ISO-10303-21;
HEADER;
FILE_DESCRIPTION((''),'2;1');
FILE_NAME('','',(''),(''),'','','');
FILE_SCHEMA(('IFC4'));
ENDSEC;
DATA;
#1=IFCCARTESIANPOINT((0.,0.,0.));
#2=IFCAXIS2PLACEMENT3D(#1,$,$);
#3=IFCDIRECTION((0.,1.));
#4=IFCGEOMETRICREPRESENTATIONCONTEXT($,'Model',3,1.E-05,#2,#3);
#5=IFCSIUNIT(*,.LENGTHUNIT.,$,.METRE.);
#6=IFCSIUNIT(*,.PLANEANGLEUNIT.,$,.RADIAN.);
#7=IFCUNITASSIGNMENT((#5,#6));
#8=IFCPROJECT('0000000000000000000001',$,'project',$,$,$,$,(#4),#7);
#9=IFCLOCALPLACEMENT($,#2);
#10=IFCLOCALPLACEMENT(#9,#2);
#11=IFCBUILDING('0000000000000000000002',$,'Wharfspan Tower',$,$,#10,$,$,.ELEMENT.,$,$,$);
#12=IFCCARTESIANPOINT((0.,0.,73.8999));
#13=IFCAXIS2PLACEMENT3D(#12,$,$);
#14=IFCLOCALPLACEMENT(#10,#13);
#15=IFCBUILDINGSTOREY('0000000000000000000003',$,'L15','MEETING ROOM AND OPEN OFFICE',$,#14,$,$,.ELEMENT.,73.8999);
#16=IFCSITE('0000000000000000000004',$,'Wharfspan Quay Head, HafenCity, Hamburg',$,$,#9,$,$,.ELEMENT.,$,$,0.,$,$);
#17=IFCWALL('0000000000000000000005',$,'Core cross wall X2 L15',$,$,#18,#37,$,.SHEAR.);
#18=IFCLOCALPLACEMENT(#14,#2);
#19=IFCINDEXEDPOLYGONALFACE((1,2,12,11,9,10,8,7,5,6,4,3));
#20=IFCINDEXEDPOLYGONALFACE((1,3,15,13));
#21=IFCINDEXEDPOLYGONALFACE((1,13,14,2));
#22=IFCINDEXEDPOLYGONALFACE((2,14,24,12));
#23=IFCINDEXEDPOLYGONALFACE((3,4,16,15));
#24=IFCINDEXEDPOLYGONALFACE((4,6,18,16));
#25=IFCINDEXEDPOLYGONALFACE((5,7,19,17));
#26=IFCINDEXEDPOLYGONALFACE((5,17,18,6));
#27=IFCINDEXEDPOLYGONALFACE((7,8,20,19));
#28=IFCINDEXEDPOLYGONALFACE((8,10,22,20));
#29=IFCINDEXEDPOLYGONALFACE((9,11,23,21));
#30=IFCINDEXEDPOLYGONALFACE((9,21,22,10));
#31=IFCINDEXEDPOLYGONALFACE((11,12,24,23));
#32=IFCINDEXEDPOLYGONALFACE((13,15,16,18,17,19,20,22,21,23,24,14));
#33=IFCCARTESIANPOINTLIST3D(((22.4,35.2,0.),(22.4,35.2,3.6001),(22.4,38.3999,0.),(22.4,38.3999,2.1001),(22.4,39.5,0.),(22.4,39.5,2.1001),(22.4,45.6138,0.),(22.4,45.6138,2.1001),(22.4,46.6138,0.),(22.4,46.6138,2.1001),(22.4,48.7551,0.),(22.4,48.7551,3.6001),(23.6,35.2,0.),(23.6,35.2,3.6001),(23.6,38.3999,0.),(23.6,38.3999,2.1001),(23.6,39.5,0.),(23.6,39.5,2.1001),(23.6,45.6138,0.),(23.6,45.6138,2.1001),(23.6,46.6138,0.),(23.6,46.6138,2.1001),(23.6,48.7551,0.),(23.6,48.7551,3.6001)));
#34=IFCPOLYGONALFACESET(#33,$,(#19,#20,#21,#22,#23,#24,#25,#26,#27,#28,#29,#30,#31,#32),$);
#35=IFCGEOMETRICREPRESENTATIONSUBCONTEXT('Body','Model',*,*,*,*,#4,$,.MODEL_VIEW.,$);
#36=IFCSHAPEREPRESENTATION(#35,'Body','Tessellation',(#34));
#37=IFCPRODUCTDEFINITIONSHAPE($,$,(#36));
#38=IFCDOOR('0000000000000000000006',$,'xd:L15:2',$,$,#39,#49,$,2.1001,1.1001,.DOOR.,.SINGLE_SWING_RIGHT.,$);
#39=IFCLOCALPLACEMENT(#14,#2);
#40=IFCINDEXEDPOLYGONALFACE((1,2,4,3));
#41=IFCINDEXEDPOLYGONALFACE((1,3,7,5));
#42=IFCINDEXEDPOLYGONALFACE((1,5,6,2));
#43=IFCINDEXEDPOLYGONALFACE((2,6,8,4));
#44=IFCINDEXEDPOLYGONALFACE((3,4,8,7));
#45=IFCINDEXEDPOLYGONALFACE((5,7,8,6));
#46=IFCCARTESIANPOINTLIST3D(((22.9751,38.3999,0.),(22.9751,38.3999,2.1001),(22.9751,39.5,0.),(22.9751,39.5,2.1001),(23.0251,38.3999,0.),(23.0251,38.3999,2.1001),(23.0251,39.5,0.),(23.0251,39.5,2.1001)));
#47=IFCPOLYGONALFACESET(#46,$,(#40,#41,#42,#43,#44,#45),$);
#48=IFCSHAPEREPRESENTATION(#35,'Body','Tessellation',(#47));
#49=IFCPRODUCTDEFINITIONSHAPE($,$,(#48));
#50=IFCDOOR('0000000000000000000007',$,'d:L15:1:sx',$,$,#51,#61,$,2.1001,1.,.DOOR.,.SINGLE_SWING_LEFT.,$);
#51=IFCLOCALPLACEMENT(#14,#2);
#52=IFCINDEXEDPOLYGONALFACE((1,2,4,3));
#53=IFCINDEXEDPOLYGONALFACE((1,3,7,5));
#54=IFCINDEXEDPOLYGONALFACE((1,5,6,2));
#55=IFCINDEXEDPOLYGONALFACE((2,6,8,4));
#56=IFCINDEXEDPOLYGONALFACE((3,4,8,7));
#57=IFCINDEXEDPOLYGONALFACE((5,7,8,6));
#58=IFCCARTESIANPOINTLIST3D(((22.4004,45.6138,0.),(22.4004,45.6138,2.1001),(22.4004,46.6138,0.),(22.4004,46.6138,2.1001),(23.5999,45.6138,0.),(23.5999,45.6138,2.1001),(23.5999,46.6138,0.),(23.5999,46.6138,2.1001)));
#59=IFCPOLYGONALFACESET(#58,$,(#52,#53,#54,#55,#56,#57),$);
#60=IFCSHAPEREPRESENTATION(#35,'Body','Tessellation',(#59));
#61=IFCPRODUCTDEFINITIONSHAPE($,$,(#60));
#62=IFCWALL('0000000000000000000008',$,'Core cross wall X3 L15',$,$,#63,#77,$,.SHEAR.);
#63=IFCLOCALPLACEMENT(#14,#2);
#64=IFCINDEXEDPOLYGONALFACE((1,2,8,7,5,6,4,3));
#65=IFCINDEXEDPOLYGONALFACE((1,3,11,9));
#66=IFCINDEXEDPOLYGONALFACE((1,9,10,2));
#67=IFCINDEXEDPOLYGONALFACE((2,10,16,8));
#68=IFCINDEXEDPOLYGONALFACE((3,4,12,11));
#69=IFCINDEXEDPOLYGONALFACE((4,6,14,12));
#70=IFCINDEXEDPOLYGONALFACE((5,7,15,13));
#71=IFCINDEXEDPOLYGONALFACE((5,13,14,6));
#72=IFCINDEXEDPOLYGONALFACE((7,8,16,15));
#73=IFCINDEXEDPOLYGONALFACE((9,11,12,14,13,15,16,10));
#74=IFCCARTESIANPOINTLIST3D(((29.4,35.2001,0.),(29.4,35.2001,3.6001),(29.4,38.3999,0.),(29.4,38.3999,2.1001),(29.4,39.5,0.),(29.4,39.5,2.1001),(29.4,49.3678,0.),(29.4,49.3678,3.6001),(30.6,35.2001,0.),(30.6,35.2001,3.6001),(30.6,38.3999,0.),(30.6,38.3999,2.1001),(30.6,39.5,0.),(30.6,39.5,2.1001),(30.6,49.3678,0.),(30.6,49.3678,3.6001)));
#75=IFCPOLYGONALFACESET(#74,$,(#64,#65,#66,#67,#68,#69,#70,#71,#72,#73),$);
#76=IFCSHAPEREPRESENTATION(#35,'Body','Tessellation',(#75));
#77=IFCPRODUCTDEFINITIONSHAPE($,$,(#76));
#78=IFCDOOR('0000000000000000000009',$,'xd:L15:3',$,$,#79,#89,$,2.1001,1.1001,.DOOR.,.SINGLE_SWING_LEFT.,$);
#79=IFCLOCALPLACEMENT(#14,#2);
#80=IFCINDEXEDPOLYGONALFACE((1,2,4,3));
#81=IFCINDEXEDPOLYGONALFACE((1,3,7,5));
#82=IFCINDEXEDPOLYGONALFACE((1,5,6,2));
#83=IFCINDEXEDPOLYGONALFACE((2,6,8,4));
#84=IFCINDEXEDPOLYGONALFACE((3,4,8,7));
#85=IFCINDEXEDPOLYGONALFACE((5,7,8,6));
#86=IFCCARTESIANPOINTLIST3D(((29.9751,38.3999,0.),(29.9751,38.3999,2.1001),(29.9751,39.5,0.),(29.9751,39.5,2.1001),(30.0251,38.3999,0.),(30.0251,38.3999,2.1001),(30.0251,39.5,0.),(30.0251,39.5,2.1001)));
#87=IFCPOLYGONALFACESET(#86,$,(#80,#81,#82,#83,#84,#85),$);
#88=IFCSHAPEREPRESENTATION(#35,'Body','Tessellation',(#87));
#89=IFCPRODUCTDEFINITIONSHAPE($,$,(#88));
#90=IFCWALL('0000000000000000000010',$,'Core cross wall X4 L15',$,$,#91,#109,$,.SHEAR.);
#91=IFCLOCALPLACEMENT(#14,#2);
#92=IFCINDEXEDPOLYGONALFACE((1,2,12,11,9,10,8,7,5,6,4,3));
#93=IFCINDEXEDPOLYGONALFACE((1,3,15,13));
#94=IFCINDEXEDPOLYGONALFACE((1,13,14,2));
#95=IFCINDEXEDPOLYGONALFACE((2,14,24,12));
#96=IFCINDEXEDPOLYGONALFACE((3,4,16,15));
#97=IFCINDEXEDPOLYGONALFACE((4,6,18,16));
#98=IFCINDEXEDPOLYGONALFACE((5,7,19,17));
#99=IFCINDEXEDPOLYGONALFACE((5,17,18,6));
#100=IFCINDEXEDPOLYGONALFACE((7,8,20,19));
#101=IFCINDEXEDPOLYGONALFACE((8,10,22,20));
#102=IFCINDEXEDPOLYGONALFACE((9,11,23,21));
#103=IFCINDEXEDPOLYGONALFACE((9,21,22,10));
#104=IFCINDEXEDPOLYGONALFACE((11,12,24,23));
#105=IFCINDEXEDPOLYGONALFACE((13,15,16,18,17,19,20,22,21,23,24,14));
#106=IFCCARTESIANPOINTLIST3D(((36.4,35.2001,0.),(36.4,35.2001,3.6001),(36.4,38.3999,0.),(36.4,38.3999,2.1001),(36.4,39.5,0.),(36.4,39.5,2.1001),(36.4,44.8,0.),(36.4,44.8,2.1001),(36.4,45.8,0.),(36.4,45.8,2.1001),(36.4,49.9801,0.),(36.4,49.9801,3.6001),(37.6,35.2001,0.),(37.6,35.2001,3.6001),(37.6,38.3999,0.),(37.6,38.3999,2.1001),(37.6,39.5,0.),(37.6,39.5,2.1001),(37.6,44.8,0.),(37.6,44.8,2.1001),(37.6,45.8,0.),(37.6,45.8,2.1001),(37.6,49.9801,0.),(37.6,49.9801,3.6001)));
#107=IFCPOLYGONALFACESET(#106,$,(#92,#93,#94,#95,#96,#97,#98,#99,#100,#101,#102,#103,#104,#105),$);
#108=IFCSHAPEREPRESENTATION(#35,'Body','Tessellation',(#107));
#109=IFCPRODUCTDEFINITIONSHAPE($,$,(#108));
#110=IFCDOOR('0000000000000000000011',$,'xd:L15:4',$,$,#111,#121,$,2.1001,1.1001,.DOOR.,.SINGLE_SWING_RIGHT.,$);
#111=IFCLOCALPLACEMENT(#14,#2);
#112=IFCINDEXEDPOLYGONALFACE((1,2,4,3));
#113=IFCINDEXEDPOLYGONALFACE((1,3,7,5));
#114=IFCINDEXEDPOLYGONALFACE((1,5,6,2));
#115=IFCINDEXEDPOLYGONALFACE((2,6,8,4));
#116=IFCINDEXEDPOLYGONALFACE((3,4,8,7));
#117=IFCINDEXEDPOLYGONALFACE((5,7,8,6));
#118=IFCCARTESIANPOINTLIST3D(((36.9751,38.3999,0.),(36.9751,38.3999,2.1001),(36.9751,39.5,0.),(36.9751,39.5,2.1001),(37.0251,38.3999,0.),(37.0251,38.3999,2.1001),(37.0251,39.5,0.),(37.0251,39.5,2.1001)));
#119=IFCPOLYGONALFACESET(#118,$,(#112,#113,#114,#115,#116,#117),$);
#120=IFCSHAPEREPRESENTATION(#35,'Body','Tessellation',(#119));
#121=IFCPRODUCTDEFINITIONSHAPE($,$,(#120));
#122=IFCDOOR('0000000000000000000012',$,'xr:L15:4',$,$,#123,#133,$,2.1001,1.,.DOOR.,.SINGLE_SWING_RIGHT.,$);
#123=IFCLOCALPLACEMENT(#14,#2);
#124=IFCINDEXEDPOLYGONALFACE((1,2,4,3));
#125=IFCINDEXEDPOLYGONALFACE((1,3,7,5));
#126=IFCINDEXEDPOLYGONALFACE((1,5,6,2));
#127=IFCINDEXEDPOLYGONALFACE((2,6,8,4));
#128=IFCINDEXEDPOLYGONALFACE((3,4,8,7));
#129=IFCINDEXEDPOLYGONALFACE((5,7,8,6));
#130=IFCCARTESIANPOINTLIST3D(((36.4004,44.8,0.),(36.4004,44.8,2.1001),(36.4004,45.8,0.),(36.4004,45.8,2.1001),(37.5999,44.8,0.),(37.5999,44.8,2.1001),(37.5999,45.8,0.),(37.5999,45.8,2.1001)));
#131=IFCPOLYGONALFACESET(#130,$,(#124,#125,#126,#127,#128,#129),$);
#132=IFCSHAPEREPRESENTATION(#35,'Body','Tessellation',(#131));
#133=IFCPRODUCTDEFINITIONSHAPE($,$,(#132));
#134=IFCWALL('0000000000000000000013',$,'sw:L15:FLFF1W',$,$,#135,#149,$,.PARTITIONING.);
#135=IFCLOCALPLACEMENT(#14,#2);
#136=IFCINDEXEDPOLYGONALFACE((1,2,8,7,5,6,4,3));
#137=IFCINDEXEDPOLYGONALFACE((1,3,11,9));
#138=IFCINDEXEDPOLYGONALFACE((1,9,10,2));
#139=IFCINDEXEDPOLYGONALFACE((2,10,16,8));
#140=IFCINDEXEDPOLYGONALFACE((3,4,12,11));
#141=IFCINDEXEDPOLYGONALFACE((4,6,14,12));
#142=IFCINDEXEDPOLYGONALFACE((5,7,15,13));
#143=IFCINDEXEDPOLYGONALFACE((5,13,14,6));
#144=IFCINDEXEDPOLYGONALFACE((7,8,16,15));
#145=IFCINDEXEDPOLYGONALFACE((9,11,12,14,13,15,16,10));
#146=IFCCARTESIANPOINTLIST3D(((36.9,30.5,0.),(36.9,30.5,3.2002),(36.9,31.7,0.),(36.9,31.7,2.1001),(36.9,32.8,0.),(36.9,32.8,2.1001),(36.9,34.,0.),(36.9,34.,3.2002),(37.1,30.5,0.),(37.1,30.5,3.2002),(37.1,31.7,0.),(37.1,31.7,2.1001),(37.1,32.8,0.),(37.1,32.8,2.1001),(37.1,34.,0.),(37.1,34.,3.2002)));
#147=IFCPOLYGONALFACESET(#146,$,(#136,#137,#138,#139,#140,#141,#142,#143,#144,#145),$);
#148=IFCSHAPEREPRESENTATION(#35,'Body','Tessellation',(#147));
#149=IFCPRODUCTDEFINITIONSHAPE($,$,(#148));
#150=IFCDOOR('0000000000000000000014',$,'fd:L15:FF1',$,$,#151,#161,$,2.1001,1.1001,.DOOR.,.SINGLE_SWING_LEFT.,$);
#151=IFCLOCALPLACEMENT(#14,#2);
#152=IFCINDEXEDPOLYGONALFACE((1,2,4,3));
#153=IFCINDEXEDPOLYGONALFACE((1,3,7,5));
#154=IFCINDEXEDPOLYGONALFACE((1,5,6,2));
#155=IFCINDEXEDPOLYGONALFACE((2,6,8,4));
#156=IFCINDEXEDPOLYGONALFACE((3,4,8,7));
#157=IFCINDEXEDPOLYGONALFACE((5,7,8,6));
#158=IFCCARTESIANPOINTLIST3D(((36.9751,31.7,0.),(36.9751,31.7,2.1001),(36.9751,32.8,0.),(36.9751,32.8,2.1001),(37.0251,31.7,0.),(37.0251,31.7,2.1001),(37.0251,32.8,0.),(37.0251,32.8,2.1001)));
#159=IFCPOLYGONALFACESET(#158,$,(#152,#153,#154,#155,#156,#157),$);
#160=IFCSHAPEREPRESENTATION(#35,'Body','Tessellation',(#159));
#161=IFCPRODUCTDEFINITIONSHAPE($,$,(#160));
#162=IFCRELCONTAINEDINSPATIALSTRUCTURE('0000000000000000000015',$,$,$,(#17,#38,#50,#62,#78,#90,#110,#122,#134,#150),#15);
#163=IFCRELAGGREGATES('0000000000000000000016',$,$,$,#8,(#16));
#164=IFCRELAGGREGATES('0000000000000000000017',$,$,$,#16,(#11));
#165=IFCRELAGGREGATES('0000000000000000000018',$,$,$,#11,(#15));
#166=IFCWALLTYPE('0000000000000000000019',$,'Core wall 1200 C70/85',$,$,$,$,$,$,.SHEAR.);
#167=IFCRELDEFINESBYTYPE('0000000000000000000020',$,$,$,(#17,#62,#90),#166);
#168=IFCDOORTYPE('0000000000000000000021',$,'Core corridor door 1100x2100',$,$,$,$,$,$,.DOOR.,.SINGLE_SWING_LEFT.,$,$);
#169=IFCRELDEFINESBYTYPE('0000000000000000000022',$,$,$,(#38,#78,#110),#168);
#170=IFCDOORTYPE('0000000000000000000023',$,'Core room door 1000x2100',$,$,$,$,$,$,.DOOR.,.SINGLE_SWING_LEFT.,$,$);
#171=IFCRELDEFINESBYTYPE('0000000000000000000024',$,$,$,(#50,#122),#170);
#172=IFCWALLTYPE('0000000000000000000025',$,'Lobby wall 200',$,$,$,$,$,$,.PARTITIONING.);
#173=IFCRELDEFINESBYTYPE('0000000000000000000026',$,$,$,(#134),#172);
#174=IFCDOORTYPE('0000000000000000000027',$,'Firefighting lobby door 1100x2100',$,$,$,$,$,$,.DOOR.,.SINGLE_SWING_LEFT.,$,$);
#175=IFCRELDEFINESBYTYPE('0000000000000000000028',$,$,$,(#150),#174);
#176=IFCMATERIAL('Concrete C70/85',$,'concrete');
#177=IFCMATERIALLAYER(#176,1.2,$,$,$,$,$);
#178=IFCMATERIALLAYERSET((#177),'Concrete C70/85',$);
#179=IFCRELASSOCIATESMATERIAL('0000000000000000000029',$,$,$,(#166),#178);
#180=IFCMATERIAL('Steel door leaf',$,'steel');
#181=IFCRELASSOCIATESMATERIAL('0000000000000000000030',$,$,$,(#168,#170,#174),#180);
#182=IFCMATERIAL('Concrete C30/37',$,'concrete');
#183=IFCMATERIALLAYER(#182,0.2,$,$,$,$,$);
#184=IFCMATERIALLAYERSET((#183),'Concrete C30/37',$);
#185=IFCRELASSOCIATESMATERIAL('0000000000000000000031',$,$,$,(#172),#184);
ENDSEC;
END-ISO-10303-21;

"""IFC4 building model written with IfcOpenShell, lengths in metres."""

from ifc_helpers import new_model, si_unit, direction, frame, frame_2d, origin, place, context, subcontext, project, spatial, rectangle, extrude, material, layer, layer_set, type_object, element, fill, save


model = new_model("IFC4")

# Units and contexts
model_context = context("Model", 3, precision=1e-05, world=origin(), true_north=direction((0.0, 1.0)))
body_context = subcontext(model_context, "Body", "Model", "MODEL_VIEW")
ifc_project = project(units=[si_unit("LENGTHUNIT", "METRE"), si_unit("PLANEANGLEUNIT", "RADIAN")], contexts=[model_context])

# Site, building, storey
site_placement = place(None, origin())
site = spatial("IfcSite", under=ifc_project, at=site_placement, Name="Wharfspan Quay Head, HafenCity, Hamburg", CompositionType="ELEMENT", RefElevation=0.0)
building_placement = place(site_placement, origin())
building = spatial("IfcBuilding", under=site, at=building_placement, Name="Wharfspan Tower", CompositionType="ELEMENT")
storey_placement = place(building_placement, frame((0.0, 0.0, 73.8999)))
storey = spatial("IfcBuildingStorey", under=building, at=storey_placement, Name="L15", Description="MEETING ROOM AND OPEN OFFICE", CompositionType="ELEMENT", Elevation=73.8999)

# Wall, openings, doors
ifc_material_1 = material(Name="Concrete C70/85", Category="concrete")
ifc_layer_1 = layer(ifc_material_1, 1.2)
ifc_layer_set_1 = layer_set([ifc_layer_1], Name="Concrete C70/85")
wall_type_1 = type_object("IfcWallType", Name="Core wall 1200 C70/85", PredefinedType="SHEAR", material=ifc_layer_set_1)
wall_1_placement = place(storey_placement, frame((23.0, 35.2, 0.0), z_axis=(0.0, 0.0, 1.0), x_axis=(0.0, 1.0, 0.0)))
wall_1 = element("IfcWall", 1, at=wall_1_placement, inside=storey, type_object=wall_type_1, Name="Core cross wall X2 L15", PredefinedType="SHEAR", context=body_context, shape_type="SweptSolid", body=[
    extrude(rectangle(XDim=13.5552, YDim=1.2, at=frame_2d((6.7776, 0.0))), origin(), (0.0, 0.0, 1.0), 3.6001),
])
opening_1_placement = place(wall_1_placement, frame((10.4138, 0.0, 0.0)))
opening_1 = element("IfcOpeningElement", 2, at=opening_1_placement, cuts=wall_1, PredefinedType="OPENING", context=body_context, shape_type="SweptSolid", body=[
    extrude(rectangle(XDim=1.0, YDim=2.1001, at=frame_2d((0.5, 1.05))), frame((0.0, 0.6099, 0.0), z_axis=(0.0, -1.0, 0.0), x_axis=(1.0, 0.0, 0.0)), (0.0, 0.0, 1.0), 1.22),
])
opening_2_placement = place(wall_1_placement, frame((3.2, 0.0, 0.0)))
opening_2 = element("IfcOpeningElement", 3, at=opening_2_placement, cuts=wall_1, PredefinedType="OPENING", context=body_context, shape_type="SweptSolid", body=[
    extrude(rectangle(XDim=1.1001, YDim=2.1001, at=frame_2d((0.55, 1.05))), frame((0.0, 0.6099, 0.0), z_axis=(0.0, -1.0, 0.0), x_axis=(1.0, 0.0, 0.0)), (0.0, 0.0, 1.0), 1.22),
])
ifc_material_2 = material(Name="Steel door leaf", Category="steel")
door_type_1 = type_object("IfcDoorType", Name="Core corridor door 1100x2100", OperationType="SINGLE_SWING_LEFT", PredefinedType="DOOR", material=ifc_material_2)
door_1_placement = place(opening_2_placement, origin())
door_1 = element("IfcDoor", 4, at=door_1_placement, inside=storey, type_object=door_type_1, Name="xd:L15:2", OperationType="SINGLE_SWING_RIGHT", OverallHeight=2.1001, OverallWidth=1.1001, PredefinedType="DOOR", context=body_context, shape_type="SweptSolid", body=[
    extrude(rectangle(XDim=1.1001, YDim=2.1001, at=frame_2d((0.55, 1.05))), frame((0.0, 0.0249, 0.0), z_axis=(0.0, -1.0, 0.0), x_axis=(1.0, 0.0, 0.0)), (0.0, 0.0, 1.0), 0.05),
])
fill(opening_2, door_1)
door_type_2 = type_object("IfcDoorType", Name="Core room door 1000x2100", OperationType="SINGLE_SWING_LEFT", PredefinedType="DOOR", material=ifc_material_2)
door_2_placement = place(opening_1_placement, origin())
door_2 = element("IfcDoor", 5, at=door_2_placement, inside=storey, type_object=door_type_2, Name="d:L15:1:sx", OperationType="SINGLE_SWING_LEFT", OverallHeight=2.1001, OverallWidth=1.0, PredefinedType="DOOR", context=body_context, shape_type="SweptSolid", body=[
    extrude(rectangle(XDim=1.0, YDim=2.1001, at=frame_2d((0.5, 1.05))), frame((0.0, 0.5996, 0.0), z_axis=(0.0, -1.0, 0.0), x_axis=(1.0, 0.0, 0.0)), (0.0, 0.0, 1.0), 1.1995),
])
fill(opening_1, door_2)

# Wall, opening, door
wall_2_placement = place(storey_placement, frame((30.0, 35.2, 0.0), z_axis=(0.0, 0.0, 1.0), x_axis=(0.0, 1.0, 0.0)))
wall_2 = element("IfcWall", 6, at=wall_2_placement, inside=storey, type_object=wall_type_1, Name="Core cross wall X3 L15", PredefinedType="SHEAR", context=body_context, shape_type="SweptSolid", body=[
    extrude(rectangle(XDim=14.1677, YDim=1.2, at=frame_2d((7.084, 0.0))), origin(), (0.0, 0.0, 1.0), 3.6001),
])
opening_3_placement = place(wall_2_placement, frame((3.2, 0.0, 0.0)))
opening_3 = element("IfcOpeningElement", 7, at=opening_3_placement, cuts=wall_2, PredefinedType="OPENING", context=body_context, shape_type="SweptSolid", body=[
    extrude(rectangle(XDim=1.1001, YDim=2.1001, at=frame_2d((0.55, 1.05))), frame((0.0, 0.6099, 0.0), z_axis=(0.0, -1.0, 0.0), x_axis=(1.0, 0.0, 0.0)), (0.0, 0.0, 1.0), 1.22),
])
door_3_placement = place(opening_3_placement, origin())
door_3 = element("IfcDoor", 8, at=door_3_placement, inside=storey, type_object=door_type_1, Name="xd:L15:3", OperationType="SINGLE_SWING_LEFT", OverallHeight=2.1001, OverallWidth=1.1001, PredefinedType="DOOR", context=body_context, shape_type="SweptSolid", body=[
    extrude(rectangle(XDim=1.1001, YDim=2.1001, at=frame_2d((0.55, 1.05))), frame((0.0, 0.0249, 0.0), z_axis=(0.0, -1.0, 0.0), x_axis=(1.0, 0.0, 0.0)), (0.0, 0.0, 1.0), 0.05),
])
fill(opening_3, door_3)

# Wall, openings, doors
wall_3_placement = place(storey_placement, frame((37.0, 35.2, 0.0), z_axis=(0.0, 0.0, 1.0), x_axis=(0.0, 1.0, 0.0)))
wall_3 = element("IfcWall", 9, at=wall_3_placement, inside=storey, type_object=wall_type_1, Name="Core cross wall X4 L15", PredefinedType="SHEAR", context=body_context, shape_type="SweptSolid", body=[
    extrude(rectangle(XDim=14.78, YDim=1.2, at=frame_2d((7.3901, 0.0))), origin(), (0.0, 0.0, 1.0), 3.6001),
])
opening_4_placement = place(wall_3_placement, frame((3.2, 0.0, 0.0)))
opening_4 = element("IfcOpeningElement", 10, at=opening_4_placement, cuts=wall_3, PredefinedType="OPENING", context=body_context, shape_type="SweptSolid", body=[
    extrude(rectangle(XDim=1.1001, YDim=2.1001, at=frame_2d((0.55, 1.05))), frame((0.0, 0.6099, 0.0), z_axis=(0.0, -1.0, 0.0), x_axis=(1.0, 0.0, 0.0)), (0.0, 0.0, 1.0), 1.22),
])
opening_5_placement = place(wall_3_placement, frame((9.6001, 0.0, 0.0)))
opening_5 = element("IfcOpeningElement", 11, at=opening_5_placement, cuts=wall_3, PredefinedType="OPENING", context=body_context, shape_type="SweptSolid", body=[
    extrude(rectangle(XDim=1.0, YDim=2.1001, at=frame_2d((0.5, 1.05))), frame((0.0, 0.6099, 0.0), z_axis=(0.0, -1.0, 0.0), x_axis=(1.0, 0.0, 0.0)), (0.0, 0.0, 1.0), 1.22),
])
door_4_placement = place(opening_4_placement, origin())
door_4 = element("IfcDoor", 12, at=door_4_placement, inside=storey, type_object=door_type_1, Name="xd:L15:4", OperationType="SINGLE_SWING_RIGHT", OverallHeight=2.1001, OverallWidth=1.1001, PredefinedType="DOOR", context=body_context, shape_type="SweptSolid", body=[
    extrude(rectangle(XDim=1.1001, YDim=2.1001, at=frame_2d((0.55, 1.05))), frame((0.0, 0.0249, 0.0), z_axis=(0.0, -1.0, 0.0), x_axis=(1.0, 0.0, 0.0)), (0.0, 0.0, 1.0), 0.05),
])
fill(opening_4, door_4)
door_5_placement = place(opening_5_placement, origin())
door_5 = element("IfcDoor", 13, at=door_5_placement, inside=storey, type_object=door_type_2, Name="xr:L15:4", OperationType="SINGLE_SWING_RIGHT", OverallHeight=2.1001, OverallWidth=1.0, PredefinedType="DOOR", context=body_context, shape_type="SweptSolid", body=[
    extrude(rectangle(XDim=1.0, YDim=2.1001, at=frame_2d((0.5, 1.05))), frame((0.0, 0.5996, 0.0), z_axis=(0.0, -1.0, 0.0), x_axis=(1.0, 0.0, 0.0)), (0.0, 0.0, 1.0), 1.1995),
])
fill(opening_5, door_5)

# Wall, opening, door
ifc_material_3 = material(Name="Concrete C30/37", Category="concrete")
ifc_layer_2 = layer(ifc_material_3, 0.2)
ifc_layer_set_2 = layer_set([ifc_layer_2], Name="Concrete C30/37")
wall_type_2 = type_object("IfcWallType", Name="Lobby wall 200", PredefinedType="PARTITIONING", material=ifc_layer_set_2)
wall_4_placement = place(storey_placement, frame((37.0, 30.5, 0.0), z_axis=(0.0, 0.0, 1.0), x_axis=(0.0, 1.0, 0.0)))
wall_4 = element("IfcWall", 14, at=wall_4_placement, inside=storey, type_object=wall_type_2, Name="sw:L15:FLFF1W", PredefinedType="PARTITIONING", context=body_context, shape_type="SweptSolid", body=[
    extrude(rectangle(XDim=3.5, YDim=0.2, at=frame_2d((1.75, 0.0))), origin(), (0.0, 0.0, 1.0), 3.2002),
])
opening_6_placement = place(wall_4_placement, frame((1.2, 0.0, 0.0)))
opening_6 = element("IfcOpeningElement", 15, at=opening_6_placement, cuts=wall_4, PredefinedType="OPENING", context=body_context, shape_type="SweptSolid", body=[
    extrude(rectangle(XDim=1.1001, YDim=2.1001, at=frame_2d((0.55, 1.05))), frame((0.0, 0.1099, 0.0), z_axis=(0.0, -1.0, 0.0), x_axis=(1.0, 0.0, 0.0)), (0.0, 0.0, 1.0), 0.22),
])
door_type_3 = type_object("IfcDoorType", Name="Firefighting lobby door 1100x2100", OperationType="SINGLE_SWING_LEFT", PredefinedType="DOOR", material=ifc_material_2)
door_6_placement = place(opening_6_placement, origin())
door_6 = element("IfcDoor", 16, at=door_6_placement, inside=storey, type_object=door_type_3, Name="fd:L15:FF1", OperationType="SINGLE_SWING_LEFT", OverallHeight=2.1001, OverallWidth=1.1001, PredefinedType="DOOR", context=body_context, shape_type="SweptSolid", body=[
    extrude(rectangle(XDim=1.1001, YDim=2.1001, at=frame_2d((0.55, 1.05))), frame((0.0, 0.0249, 0.0), z_axis=(0.0, -1.0, 0.0), x_axis=(1.0, 0.0, 0.0)), (0.0, 0.0, 1.0), 0.05),
])
fill(opening_6, door_6)

save(model, "model.ifc")
